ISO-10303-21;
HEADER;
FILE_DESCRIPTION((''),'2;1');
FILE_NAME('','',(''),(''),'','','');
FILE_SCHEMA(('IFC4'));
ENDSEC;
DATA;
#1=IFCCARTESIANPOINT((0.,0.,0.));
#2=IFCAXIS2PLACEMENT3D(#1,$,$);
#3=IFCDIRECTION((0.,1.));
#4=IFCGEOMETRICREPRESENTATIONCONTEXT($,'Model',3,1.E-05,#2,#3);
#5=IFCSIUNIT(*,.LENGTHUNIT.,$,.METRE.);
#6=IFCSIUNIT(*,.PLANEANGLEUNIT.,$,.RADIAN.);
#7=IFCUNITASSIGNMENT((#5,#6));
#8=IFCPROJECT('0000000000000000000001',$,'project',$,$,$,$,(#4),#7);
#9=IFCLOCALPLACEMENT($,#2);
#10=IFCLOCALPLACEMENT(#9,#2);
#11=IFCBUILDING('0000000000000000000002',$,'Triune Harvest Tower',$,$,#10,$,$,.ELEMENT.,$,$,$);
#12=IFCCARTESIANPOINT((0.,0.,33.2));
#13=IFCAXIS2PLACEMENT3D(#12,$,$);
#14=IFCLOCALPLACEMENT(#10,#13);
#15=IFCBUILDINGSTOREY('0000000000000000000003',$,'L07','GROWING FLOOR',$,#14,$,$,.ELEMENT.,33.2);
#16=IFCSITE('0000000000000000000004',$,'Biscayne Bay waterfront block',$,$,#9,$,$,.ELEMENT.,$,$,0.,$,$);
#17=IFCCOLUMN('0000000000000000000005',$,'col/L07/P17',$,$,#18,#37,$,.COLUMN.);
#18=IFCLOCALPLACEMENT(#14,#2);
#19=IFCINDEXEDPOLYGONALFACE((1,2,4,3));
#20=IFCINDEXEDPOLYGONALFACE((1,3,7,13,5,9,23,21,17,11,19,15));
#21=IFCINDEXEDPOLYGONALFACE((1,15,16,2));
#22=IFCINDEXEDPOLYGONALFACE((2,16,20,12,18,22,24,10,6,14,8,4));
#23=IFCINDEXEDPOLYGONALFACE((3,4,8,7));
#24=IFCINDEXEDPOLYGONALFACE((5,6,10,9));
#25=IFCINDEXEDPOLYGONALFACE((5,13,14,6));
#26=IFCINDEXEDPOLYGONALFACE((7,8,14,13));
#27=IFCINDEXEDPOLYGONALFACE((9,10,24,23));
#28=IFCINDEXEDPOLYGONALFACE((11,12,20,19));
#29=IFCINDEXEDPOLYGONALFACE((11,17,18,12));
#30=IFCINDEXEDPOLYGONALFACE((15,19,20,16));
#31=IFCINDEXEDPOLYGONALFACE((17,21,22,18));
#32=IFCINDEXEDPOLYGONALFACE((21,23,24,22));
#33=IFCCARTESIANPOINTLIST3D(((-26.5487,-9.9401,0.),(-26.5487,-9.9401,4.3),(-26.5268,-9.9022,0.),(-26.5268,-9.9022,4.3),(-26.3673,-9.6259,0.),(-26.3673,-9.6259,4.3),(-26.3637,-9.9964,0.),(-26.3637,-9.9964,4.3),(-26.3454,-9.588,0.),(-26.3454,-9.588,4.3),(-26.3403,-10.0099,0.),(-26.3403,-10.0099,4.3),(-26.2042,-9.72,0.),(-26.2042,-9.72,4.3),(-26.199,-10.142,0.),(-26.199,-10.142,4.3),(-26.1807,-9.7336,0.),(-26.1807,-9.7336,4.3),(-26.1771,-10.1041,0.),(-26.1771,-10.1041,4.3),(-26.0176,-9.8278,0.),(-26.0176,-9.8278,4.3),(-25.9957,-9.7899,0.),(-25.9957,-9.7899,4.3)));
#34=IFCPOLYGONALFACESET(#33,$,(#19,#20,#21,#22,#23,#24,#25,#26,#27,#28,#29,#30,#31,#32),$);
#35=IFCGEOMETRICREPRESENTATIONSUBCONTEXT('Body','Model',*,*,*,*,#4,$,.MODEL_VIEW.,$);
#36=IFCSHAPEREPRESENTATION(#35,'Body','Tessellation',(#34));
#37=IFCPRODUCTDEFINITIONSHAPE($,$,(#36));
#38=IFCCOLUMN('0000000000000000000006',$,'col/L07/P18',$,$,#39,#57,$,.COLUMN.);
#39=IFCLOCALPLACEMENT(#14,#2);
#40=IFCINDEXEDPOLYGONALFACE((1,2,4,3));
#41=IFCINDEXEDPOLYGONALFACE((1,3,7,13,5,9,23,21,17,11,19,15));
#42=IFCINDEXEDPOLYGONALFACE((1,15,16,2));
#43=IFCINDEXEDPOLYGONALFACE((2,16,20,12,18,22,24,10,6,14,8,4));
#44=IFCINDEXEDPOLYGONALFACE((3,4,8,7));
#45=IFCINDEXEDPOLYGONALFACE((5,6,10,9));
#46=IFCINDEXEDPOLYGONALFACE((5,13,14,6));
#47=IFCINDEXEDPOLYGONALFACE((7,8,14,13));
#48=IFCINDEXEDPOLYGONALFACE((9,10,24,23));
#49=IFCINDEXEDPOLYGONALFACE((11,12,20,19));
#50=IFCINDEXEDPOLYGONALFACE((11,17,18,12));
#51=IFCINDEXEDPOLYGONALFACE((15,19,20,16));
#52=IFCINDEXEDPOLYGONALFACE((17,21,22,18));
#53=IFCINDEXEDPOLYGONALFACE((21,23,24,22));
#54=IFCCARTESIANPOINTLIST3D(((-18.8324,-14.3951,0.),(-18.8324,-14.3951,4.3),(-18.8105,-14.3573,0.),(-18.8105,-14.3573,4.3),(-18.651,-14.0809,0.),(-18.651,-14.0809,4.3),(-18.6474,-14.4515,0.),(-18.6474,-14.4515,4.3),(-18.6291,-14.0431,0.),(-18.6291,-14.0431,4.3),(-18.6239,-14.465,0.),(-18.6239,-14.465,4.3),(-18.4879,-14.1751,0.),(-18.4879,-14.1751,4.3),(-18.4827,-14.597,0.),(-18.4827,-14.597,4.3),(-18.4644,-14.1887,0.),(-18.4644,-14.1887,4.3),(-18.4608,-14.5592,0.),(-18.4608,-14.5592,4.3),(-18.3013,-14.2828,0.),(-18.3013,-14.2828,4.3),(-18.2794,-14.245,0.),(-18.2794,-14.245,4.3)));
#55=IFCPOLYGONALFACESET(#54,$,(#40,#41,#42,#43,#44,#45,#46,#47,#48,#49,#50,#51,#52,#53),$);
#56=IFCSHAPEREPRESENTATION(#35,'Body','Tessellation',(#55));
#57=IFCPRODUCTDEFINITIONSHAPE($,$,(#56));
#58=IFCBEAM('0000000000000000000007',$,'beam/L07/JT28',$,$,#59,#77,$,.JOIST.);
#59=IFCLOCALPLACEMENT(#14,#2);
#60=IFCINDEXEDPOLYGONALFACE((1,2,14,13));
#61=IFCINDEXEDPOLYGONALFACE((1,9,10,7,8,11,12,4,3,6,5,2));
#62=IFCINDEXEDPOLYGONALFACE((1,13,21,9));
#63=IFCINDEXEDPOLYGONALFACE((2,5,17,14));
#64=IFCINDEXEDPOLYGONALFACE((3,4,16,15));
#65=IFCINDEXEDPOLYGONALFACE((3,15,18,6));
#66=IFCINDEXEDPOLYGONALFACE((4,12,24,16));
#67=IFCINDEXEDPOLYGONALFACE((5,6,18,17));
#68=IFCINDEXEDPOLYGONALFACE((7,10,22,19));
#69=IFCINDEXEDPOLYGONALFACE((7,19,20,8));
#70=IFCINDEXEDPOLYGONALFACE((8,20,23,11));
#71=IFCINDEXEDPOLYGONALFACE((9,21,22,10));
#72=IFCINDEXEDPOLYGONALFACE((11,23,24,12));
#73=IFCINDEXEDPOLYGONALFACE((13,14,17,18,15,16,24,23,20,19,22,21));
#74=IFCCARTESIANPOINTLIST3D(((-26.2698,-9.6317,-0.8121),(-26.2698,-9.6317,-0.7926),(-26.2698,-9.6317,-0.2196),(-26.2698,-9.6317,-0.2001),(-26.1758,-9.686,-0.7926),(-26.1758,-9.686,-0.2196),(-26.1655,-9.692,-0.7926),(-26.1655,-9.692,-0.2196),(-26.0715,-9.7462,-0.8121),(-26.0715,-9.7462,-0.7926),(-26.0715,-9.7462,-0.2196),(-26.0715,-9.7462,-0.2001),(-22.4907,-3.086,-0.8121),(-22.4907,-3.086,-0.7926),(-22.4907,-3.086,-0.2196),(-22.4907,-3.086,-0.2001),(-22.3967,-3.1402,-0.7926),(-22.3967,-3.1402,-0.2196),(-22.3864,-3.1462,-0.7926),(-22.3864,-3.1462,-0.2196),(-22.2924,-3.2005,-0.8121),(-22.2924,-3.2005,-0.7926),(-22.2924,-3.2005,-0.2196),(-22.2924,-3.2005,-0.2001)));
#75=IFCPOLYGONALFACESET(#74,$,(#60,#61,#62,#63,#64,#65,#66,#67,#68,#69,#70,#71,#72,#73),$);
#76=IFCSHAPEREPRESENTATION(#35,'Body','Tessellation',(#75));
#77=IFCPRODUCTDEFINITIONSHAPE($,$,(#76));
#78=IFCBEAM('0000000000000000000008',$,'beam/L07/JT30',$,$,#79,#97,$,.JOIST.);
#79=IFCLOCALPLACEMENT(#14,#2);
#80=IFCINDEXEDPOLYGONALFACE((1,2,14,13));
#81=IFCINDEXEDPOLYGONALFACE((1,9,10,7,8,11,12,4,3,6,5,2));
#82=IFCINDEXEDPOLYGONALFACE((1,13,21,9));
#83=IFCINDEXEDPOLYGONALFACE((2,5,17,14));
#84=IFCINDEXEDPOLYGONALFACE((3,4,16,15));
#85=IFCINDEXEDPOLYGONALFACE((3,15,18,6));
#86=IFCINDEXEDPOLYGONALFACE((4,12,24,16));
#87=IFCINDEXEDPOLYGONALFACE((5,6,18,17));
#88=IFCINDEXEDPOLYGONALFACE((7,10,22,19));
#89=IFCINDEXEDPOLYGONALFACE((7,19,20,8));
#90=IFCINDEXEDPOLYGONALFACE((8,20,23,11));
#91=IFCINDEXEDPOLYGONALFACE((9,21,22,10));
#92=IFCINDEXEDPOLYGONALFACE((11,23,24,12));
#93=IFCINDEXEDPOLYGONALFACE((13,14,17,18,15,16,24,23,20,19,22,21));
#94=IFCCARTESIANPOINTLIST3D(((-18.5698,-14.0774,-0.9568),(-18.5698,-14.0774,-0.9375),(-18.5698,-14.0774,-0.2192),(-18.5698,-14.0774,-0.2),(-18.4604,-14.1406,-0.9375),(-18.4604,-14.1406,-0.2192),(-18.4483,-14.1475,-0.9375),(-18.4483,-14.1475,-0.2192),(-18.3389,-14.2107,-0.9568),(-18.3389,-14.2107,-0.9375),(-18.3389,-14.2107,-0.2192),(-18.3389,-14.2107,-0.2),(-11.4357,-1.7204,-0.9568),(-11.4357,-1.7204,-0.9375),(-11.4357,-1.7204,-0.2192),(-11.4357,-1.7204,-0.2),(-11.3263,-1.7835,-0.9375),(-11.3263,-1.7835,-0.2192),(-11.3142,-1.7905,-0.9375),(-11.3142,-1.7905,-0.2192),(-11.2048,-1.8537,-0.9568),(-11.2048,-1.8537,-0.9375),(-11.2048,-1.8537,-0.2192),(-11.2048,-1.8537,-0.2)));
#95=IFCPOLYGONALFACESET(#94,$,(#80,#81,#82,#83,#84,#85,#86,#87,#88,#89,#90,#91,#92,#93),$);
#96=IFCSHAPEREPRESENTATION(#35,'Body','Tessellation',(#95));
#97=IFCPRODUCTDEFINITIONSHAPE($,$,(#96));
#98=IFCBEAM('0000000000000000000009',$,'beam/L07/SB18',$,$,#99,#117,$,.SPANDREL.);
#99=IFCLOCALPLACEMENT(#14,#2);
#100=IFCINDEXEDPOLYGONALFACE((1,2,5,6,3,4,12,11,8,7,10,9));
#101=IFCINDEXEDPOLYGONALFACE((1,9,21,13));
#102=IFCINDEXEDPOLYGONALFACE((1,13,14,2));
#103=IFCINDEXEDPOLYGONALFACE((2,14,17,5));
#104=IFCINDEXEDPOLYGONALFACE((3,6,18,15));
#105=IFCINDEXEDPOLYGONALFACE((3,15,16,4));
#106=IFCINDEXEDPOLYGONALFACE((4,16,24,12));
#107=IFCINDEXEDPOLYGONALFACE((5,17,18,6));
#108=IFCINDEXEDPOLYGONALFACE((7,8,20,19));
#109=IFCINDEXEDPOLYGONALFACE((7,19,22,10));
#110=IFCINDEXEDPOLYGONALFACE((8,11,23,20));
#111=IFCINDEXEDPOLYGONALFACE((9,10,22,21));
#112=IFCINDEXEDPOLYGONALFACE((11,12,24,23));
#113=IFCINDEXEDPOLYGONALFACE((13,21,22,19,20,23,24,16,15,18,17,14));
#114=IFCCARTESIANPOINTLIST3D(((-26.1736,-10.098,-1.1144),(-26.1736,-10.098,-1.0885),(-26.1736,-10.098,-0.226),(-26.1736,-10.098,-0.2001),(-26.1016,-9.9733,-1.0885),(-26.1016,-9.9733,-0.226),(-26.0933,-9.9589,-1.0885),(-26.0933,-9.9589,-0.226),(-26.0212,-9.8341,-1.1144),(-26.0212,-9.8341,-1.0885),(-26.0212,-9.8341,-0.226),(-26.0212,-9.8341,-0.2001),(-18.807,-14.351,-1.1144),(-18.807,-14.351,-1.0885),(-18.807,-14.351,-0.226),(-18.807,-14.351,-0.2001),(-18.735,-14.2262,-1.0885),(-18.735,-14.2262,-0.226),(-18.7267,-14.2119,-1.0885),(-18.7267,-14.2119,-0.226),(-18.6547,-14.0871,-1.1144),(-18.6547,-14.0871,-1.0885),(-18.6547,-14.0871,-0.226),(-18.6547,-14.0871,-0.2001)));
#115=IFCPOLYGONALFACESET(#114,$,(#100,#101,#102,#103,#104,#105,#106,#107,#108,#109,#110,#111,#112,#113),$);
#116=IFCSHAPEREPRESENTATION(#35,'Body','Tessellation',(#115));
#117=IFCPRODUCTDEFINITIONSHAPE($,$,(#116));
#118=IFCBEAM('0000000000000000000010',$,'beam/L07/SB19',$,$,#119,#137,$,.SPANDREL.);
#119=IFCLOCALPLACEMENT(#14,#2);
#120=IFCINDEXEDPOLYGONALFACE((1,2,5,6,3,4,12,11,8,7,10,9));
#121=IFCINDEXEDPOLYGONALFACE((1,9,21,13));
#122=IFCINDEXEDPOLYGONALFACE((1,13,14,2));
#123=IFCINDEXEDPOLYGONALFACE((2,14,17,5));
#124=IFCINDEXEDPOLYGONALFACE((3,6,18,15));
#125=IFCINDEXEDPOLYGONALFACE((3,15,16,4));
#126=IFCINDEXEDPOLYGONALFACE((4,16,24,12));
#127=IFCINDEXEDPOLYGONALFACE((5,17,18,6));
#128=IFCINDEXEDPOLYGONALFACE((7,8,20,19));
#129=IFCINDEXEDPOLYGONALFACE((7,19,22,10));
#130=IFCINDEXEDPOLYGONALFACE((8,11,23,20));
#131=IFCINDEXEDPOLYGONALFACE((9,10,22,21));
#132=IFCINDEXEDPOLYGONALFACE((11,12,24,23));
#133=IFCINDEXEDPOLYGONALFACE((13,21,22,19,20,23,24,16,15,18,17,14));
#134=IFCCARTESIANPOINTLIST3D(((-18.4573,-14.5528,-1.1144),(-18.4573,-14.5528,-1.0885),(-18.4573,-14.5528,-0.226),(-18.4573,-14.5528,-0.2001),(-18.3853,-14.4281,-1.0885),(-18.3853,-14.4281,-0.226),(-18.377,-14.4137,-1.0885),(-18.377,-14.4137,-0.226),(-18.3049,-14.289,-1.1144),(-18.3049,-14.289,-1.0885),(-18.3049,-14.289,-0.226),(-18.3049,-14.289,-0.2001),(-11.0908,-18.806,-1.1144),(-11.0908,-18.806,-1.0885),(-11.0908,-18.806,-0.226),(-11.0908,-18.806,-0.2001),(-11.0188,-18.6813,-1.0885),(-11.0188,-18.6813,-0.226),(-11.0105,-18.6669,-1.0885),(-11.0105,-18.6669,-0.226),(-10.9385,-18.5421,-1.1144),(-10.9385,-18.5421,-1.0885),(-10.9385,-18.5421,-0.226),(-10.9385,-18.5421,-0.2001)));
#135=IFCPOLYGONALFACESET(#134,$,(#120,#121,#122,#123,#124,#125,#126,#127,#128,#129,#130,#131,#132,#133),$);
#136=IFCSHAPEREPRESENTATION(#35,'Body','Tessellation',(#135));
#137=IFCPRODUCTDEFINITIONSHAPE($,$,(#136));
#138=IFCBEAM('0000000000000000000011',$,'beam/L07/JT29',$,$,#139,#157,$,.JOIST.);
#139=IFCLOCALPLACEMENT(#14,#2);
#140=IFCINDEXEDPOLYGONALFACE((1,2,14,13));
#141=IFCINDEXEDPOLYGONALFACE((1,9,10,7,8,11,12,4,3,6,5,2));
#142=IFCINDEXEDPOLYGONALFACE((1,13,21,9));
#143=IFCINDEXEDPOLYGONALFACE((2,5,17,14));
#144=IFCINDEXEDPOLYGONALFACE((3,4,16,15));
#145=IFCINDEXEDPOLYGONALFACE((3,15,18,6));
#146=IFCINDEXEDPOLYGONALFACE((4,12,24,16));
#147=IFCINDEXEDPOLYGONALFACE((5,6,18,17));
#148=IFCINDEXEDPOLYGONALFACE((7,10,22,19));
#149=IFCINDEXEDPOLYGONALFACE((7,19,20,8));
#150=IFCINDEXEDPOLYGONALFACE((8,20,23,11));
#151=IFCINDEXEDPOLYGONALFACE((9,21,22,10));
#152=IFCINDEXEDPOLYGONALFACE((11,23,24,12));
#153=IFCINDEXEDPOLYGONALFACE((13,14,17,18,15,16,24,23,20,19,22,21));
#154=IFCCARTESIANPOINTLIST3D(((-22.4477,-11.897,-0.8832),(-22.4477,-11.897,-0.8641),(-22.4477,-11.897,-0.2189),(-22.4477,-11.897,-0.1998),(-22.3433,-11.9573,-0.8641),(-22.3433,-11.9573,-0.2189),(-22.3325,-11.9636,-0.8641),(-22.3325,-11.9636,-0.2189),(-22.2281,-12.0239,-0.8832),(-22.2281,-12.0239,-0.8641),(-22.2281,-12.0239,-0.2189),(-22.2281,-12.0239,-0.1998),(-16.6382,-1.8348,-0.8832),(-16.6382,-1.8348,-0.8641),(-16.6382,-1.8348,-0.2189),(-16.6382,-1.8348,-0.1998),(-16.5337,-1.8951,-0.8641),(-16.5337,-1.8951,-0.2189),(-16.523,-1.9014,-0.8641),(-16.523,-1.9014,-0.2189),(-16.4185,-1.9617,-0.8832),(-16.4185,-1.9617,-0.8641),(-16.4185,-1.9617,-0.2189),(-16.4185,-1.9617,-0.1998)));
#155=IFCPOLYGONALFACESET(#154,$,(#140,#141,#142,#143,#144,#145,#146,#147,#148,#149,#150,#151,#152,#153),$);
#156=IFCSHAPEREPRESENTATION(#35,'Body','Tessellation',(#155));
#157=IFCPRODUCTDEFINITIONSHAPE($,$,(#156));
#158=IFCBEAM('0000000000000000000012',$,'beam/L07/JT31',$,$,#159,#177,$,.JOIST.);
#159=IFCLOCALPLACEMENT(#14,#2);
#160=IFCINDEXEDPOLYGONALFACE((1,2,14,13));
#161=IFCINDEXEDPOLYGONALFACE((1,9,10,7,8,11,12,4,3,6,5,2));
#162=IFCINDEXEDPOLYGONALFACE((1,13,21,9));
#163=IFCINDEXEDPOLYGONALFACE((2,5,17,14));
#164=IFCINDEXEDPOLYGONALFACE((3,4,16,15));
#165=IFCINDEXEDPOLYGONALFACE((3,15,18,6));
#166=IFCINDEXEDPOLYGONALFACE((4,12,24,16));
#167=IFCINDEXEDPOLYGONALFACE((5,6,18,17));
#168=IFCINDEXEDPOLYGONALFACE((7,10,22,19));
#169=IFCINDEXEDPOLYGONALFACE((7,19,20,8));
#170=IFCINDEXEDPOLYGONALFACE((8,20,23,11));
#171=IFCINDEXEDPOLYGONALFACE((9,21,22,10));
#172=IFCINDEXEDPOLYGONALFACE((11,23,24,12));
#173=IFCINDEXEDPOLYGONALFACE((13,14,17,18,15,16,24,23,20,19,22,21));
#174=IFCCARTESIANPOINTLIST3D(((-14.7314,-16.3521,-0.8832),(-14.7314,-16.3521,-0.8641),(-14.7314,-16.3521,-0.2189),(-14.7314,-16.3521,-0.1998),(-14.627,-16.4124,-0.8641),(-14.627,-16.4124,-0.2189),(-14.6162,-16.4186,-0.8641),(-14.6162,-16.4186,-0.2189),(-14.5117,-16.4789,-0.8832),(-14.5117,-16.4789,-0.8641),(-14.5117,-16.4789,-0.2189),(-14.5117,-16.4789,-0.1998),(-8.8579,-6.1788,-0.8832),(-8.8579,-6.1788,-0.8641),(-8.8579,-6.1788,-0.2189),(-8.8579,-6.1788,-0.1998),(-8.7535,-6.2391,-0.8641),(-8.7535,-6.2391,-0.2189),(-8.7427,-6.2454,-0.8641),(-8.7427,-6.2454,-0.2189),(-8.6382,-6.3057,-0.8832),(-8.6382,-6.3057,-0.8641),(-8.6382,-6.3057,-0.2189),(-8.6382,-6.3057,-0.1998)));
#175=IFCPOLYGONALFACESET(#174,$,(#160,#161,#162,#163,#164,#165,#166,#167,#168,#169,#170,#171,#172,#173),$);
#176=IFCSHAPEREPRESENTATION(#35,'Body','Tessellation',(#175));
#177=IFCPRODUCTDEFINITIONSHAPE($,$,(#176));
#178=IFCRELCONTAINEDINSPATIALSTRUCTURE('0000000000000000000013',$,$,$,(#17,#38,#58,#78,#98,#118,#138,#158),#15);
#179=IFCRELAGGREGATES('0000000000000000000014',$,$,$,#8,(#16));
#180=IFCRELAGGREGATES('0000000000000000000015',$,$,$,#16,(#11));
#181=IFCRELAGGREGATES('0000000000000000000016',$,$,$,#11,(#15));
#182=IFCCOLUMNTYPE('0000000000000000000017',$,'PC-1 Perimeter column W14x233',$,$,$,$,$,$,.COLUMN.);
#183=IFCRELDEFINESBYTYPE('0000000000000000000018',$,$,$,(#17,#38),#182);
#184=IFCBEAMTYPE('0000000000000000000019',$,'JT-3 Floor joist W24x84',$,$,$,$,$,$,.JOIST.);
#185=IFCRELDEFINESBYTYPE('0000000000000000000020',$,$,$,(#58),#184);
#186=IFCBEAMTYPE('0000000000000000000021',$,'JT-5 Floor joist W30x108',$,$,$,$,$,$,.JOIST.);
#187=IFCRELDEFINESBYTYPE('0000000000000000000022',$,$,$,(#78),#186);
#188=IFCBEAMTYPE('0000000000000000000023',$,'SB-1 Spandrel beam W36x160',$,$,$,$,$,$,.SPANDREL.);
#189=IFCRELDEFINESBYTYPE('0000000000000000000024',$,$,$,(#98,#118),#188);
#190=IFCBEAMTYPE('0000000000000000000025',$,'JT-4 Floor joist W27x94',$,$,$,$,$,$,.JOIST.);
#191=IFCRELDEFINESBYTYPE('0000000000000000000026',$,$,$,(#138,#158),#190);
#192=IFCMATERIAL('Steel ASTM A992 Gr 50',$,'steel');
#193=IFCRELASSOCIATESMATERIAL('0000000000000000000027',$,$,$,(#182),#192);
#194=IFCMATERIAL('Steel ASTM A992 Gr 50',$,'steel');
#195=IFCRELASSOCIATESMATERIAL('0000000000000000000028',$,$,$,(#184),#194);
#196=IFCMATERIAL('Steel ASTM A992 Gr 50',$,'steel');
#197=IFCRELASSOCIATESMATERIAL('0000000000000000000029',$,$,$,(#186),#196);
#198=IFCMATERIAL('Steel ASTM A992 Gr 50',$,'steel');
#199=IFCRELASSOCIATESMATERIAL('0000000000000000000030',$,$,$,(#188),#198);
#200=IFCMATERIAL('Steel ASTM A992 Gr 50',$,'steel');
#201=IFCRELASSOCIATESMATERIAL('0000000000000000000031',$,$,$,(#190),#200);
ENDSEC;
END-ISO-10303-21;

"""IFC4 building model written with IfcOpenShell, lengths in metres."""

from ifc_helpers import new_model, si_unit, direction, frame, origin, origin_2d, place, context, subcontext, project, spatial, i_section, extrude, source, transform, mapped, material, material_profile, profile_set, type_object, element, save


model = new_model("IFC4")

# Units and contexts
model_context = context("Model", 3, precision=1e-05, world=origin(), true_north=direction((0.0, 1.0)))
body_context = subcontext(model_context, "Body", "Model", "MODEL_VIEW")
ifc_project = project(units=[si_unit("LENGTHUNIT", "METRE"), si_unit("PLANEANGLEUNIT", "RADIAN")], contexts=[model_context])

# Site, building, storey
site_placement = place(None, origin())
site = spatial("IfcSite", under=ifc_project, at=site_placement, Name="Biscayne Bay waterfront block", CompositionType="ELEMENT", RefElevation=0.0)
building_placement = place(site_placement, origin())
building = spatial("IfcBuilding", under=site, at=building_placement, Name="Triune Harvest Tower", CompositionType="ELEMENT")
storey_placement = place(building_placement, frame((0.0, 0.0, 33.2)))
storey = spatial("IfcBuildingStorey", under=building, at=storey_placement, Name="L07", Description="GROWING FLOOR", CompositionType="ELEMENT", Elevation=33.2)

# Columns
ifc_material_1 = material(Name="Steel ASTM A992 Gr 50", Category="steel")
ifc_material_profile_1 = material_profile(ifc_material_1, i_section(OverallWidth=0.4038, OverallDepth=0.4065, WebThickness=0.0271, FlangeThickness=0.0437, at=origin_2d()), Name="W14x233")
ifc_profile_set_1 = profile_set([ifc_material_profile_1], Name="Steel ASTM A992 Gr 50")
column_type = type_object("IfcColumnType", Name="PC-1 Perimeter column W14x233", PredefinedType="COLUMN", material=ifc_profile_set_1)
shared_shape_1 = source(origin(), body_context, "Body", "SweptSolid", [
    extrude(i_section(OverallWidth=0.4038, OverallDepth=0.4065, WebThickness=0.0271, FlangeThickness=0.0437, at=origin_2d()), origin(), (0.0, 0.0, 1.0), 4.3),
])
for number, where, z_axis, x_axis, name in (
    (1, (-26.2722, -9.865, 0.0), (0.0, 0.0, 1.0), (0.866025, -0.5, 0.0), "col/L07/P17"),
    (2, (-18.5559, -14.3201, 0.0), (0.0, 0.0, 1.0), (0.866025, -0.5, 0.0), "col/L07/P18"),
):
    element("IfcColumn", number, at=place(storey_placement, frame(where, z_axis=z_axis, x_axis=x_axis)), inside=storey, type_object=column_type, Name=name, PredefinedType="COLUMN", context=body_context, shape_type="MappedRepresentation", body=[
        mapped(shared_shape_1, transform((0.0, 0.0, 0.0), scale=1.0)),
    ])

# Beams
ifc_material_2 = material(Name="Steel ASTM A992 Gr 50", Category="steel")
ifc_material_profile_2 = material_profile(ifc_material_2, i_section(OverallWidth=0.229, OverallDepth=0.6121, WebThickness=0.012, FlangeThickness=0.0195, at=origin_2d()), Name="W24x84")
ifc_profile_set_2 = profile_set([ifc_material_profile_2], Name="Steel ASTM A992 Gr 50")
beam_type_1 = type_object("IfcBeamType", Name="JT-3 Floor joist W24x84", PredefinedType="JOIST", material=ifc_profile_set_2)
shared_shape_2 = source(origin(), body_context, "Body", "SweptSolid", [
    extrude(i_section(OverallWidth=0.229, OverallDepth=0.6121, WebThickness=0.012, FlangeThickness=0.0195, at=origin_2d()), origin(), (0.0, 0.0, 1.0), 7.5583),
])
beam_1_placement = place(storey_placement, frame((-26.1707, -9.689, -0.5061), z_axis=(0.499992, 0.86603, 0.0), x_axis=(-0.86603, 0.499992, 0.0)))
element("IfcBeam", 3, at=beam_1_placement, inside=storey, type_object=beam_type_1, Name="beam/L07/JT28", PredefinedType="JOIST", context=body_context, shape_type="MappedRepresentation", body=[
    mapped(shared_shape_2, transform((0.0, 0.0, 0.0), scale=1.0)),
])
ifc_material_3 = material(Name="Steel ASTM A992 Gr 50", Category="steel")
ifc_material_profile_3 = material_profile(ifc_material_3, i_section(OverallWidth=0.2666, OverallDepth=0.7568, WebThickness=0.0139, FlangeThickness=0.0193, at=origin_2d()), Name="W30x108")
ifc_profile_set_3 = profile_set([ifc_material_profile_3], Name="Steel ASTM A992 Gr 50")
beam_type_2 = type_object("IfcBeamType", Name="JT-5 Floor joist W30x108", PredefinedType="JOIST", material=ifc_profile_set_3)
shared_shape_3 = source(origin(), body_context, "Body", "SweptSolid", [
    extrude(i_section(OverallWidth=0.2666, OverallDepth=0.7568, WebThickness=0.0139, FlangeThickness=0.0193, at=origin_2d()), origin(), (0.0, 0.0, 1.0), 14.2686),
])
beam_2_placement = place(storey_placement, frame((-18.4543, -14.144, -0.5784), z_axis=(0.499987, 0.866033, 0.0), x_axis=(-0.866033, 0.499987, 0.0)))
element("IfcBeam", 4, at=beam_2_placement, inside=storey, type_object=beam_type_2, Name="beam/L07/JT30", PredefinedType="JOIST", context=body_context, shape_type="MappedRepresentation", body=[
    mapped(shared_shape_3, transform((0.0, 0.0, 0.0), scale=1.0)),
])
ifc_material_4 = material(Name="Steel ASTM A992 Gr 50", Category="steel")
ifc_material_profile_4 = material_profile(ifc_material_4, i_section(OverallWidth=0.3047, OverallDepth=0.9143, WebThickness=0.0166, FlangeThickness=0.0259, at=origin_2d()), Name="W36x160")
ifc_profile_set_4 = profile_set([ifc_material_profile_4], Name="Steel ASTM A992 Gr 50")
beam_type_3 = type_object("IfcBeamType", Name="SB-1 Spandrel beam W36x160", PredefinedType="SPANDREL", material=ifc_profile_set_4)
shared_shape_4 = source(origin(), body_context, "Body", "SweptSolid", [
    extrude(i_section(OverallWidth=0.3047, OverallDepth=0.9143, WebThickness=0.0166, FlangeThickness=0.0259, at=origin_2d()), origin(), (0.0, 0.0, 1.0), 8.5061),
])
for number, where, z_axis, x_axis, name in (
    (5, (-26.0974, -9.9661, -0.6572), (0.86603, -0.499992, 0.0), (0.499992, 0.86603, 0.0), "beam/L07/SB18"),
    (6, (-18.3811, -14.4209, -0.6572), (0.866018, -0.500013, 0.0), (0.500013, 0.866018, 0.0), "beam/L07/SB19"),
):
    element("IfcBeam", number, at=place(storey_placement, frame(where, z_axis=z_axis, x_axis=x_axis)), inside=storey, type_object=beam_type_3, Name=name, PredefinedType="SPANDREL", context=body_context, shape_type="MappedRepresentation", body=[
        mapped(shared_shape_4, transform((0.0, 0.0, 0.0), scale=1.0)),
    ])
ifc_material_5 = material(Name="Steel ASTM A992 Gr 50", Category="steel")
ifc_material_profile_5 = material_profile(ifc_material_5, i_section(OverallWidth=0.2537, OverallDepth=0.6833, WebThickness=0.0125, FlangeThickness=0.019, at=origin_2d()), Name="W27x94")
ifc_profile_set_5 = profile_set([ifc_material_profile_5], Name="Steel ASTM A992 Gr 50")
beam_type_4 = type_object("IfcBeamType", Name="JT-4 Floor joist W27x94", PredefinedType="JOIST", material=ifc_profile_set_5)
shared_shape_5 = source(origin(), body_context, "Body", "SweptSolid", [
    extrude(i_section(OverallWidth=0.2537, OverallDepth=0.6833, WebThickness=0.0125, FlangeThickness=0.019, at=origin_2d()), origin(), (0.0, 0.0, 1.0), 11.6189),
])
beam_3_placement = place(storey_placement, frame((-22.3379, -11.9604, -0.5415), z_axis=(0.500008, 0.866021, 0.0), x_axis=(-0.866021, 0.500008, 0.0)))
element("IfcBeam", 7, at=beam_3_placement, inside=storey, type_object=beam_type_4, Name="beam/L07/JT29", PredefinedType="JOIST", context=body_context, shape_type="MappedRepresentation", body=[
    mapped(shared_shape_5, transform((0.0, 0.0, 0.0), scale=1.0)),
])
shared_shape_6 = source(origin(), body_context, "Body", "SweptSolid", [
    extrude(i_section(OverallWidth=0.2537, OverallDepth=0.6833, WebThickness=0.0125, FlangeThickness=0.019, at=origin_2d()), origin(), (0.0, 0.0, 1.0), 11.7471),
])
beam_4_placement = place(storey_placement, frame((-14.6216, -16.4155, -0.5415), z_axis=(0.499997, 0.866027, 0.0), x_axis=(-0.866027, 0.499997, 0.0)))
element("IfcBeam", 8, at=beam_4_placement, inside=storey, type_object=beam_type_4, Name="beam/L07/JT31", PredefinedType="JOIST", context=body_context, shape_type="MappedRepresentation", body=[
    mapped(shared_shape_6, transform((0.0, 0.0, 0.0), scale=1.0)),
])

save(model, "model.ifc")
